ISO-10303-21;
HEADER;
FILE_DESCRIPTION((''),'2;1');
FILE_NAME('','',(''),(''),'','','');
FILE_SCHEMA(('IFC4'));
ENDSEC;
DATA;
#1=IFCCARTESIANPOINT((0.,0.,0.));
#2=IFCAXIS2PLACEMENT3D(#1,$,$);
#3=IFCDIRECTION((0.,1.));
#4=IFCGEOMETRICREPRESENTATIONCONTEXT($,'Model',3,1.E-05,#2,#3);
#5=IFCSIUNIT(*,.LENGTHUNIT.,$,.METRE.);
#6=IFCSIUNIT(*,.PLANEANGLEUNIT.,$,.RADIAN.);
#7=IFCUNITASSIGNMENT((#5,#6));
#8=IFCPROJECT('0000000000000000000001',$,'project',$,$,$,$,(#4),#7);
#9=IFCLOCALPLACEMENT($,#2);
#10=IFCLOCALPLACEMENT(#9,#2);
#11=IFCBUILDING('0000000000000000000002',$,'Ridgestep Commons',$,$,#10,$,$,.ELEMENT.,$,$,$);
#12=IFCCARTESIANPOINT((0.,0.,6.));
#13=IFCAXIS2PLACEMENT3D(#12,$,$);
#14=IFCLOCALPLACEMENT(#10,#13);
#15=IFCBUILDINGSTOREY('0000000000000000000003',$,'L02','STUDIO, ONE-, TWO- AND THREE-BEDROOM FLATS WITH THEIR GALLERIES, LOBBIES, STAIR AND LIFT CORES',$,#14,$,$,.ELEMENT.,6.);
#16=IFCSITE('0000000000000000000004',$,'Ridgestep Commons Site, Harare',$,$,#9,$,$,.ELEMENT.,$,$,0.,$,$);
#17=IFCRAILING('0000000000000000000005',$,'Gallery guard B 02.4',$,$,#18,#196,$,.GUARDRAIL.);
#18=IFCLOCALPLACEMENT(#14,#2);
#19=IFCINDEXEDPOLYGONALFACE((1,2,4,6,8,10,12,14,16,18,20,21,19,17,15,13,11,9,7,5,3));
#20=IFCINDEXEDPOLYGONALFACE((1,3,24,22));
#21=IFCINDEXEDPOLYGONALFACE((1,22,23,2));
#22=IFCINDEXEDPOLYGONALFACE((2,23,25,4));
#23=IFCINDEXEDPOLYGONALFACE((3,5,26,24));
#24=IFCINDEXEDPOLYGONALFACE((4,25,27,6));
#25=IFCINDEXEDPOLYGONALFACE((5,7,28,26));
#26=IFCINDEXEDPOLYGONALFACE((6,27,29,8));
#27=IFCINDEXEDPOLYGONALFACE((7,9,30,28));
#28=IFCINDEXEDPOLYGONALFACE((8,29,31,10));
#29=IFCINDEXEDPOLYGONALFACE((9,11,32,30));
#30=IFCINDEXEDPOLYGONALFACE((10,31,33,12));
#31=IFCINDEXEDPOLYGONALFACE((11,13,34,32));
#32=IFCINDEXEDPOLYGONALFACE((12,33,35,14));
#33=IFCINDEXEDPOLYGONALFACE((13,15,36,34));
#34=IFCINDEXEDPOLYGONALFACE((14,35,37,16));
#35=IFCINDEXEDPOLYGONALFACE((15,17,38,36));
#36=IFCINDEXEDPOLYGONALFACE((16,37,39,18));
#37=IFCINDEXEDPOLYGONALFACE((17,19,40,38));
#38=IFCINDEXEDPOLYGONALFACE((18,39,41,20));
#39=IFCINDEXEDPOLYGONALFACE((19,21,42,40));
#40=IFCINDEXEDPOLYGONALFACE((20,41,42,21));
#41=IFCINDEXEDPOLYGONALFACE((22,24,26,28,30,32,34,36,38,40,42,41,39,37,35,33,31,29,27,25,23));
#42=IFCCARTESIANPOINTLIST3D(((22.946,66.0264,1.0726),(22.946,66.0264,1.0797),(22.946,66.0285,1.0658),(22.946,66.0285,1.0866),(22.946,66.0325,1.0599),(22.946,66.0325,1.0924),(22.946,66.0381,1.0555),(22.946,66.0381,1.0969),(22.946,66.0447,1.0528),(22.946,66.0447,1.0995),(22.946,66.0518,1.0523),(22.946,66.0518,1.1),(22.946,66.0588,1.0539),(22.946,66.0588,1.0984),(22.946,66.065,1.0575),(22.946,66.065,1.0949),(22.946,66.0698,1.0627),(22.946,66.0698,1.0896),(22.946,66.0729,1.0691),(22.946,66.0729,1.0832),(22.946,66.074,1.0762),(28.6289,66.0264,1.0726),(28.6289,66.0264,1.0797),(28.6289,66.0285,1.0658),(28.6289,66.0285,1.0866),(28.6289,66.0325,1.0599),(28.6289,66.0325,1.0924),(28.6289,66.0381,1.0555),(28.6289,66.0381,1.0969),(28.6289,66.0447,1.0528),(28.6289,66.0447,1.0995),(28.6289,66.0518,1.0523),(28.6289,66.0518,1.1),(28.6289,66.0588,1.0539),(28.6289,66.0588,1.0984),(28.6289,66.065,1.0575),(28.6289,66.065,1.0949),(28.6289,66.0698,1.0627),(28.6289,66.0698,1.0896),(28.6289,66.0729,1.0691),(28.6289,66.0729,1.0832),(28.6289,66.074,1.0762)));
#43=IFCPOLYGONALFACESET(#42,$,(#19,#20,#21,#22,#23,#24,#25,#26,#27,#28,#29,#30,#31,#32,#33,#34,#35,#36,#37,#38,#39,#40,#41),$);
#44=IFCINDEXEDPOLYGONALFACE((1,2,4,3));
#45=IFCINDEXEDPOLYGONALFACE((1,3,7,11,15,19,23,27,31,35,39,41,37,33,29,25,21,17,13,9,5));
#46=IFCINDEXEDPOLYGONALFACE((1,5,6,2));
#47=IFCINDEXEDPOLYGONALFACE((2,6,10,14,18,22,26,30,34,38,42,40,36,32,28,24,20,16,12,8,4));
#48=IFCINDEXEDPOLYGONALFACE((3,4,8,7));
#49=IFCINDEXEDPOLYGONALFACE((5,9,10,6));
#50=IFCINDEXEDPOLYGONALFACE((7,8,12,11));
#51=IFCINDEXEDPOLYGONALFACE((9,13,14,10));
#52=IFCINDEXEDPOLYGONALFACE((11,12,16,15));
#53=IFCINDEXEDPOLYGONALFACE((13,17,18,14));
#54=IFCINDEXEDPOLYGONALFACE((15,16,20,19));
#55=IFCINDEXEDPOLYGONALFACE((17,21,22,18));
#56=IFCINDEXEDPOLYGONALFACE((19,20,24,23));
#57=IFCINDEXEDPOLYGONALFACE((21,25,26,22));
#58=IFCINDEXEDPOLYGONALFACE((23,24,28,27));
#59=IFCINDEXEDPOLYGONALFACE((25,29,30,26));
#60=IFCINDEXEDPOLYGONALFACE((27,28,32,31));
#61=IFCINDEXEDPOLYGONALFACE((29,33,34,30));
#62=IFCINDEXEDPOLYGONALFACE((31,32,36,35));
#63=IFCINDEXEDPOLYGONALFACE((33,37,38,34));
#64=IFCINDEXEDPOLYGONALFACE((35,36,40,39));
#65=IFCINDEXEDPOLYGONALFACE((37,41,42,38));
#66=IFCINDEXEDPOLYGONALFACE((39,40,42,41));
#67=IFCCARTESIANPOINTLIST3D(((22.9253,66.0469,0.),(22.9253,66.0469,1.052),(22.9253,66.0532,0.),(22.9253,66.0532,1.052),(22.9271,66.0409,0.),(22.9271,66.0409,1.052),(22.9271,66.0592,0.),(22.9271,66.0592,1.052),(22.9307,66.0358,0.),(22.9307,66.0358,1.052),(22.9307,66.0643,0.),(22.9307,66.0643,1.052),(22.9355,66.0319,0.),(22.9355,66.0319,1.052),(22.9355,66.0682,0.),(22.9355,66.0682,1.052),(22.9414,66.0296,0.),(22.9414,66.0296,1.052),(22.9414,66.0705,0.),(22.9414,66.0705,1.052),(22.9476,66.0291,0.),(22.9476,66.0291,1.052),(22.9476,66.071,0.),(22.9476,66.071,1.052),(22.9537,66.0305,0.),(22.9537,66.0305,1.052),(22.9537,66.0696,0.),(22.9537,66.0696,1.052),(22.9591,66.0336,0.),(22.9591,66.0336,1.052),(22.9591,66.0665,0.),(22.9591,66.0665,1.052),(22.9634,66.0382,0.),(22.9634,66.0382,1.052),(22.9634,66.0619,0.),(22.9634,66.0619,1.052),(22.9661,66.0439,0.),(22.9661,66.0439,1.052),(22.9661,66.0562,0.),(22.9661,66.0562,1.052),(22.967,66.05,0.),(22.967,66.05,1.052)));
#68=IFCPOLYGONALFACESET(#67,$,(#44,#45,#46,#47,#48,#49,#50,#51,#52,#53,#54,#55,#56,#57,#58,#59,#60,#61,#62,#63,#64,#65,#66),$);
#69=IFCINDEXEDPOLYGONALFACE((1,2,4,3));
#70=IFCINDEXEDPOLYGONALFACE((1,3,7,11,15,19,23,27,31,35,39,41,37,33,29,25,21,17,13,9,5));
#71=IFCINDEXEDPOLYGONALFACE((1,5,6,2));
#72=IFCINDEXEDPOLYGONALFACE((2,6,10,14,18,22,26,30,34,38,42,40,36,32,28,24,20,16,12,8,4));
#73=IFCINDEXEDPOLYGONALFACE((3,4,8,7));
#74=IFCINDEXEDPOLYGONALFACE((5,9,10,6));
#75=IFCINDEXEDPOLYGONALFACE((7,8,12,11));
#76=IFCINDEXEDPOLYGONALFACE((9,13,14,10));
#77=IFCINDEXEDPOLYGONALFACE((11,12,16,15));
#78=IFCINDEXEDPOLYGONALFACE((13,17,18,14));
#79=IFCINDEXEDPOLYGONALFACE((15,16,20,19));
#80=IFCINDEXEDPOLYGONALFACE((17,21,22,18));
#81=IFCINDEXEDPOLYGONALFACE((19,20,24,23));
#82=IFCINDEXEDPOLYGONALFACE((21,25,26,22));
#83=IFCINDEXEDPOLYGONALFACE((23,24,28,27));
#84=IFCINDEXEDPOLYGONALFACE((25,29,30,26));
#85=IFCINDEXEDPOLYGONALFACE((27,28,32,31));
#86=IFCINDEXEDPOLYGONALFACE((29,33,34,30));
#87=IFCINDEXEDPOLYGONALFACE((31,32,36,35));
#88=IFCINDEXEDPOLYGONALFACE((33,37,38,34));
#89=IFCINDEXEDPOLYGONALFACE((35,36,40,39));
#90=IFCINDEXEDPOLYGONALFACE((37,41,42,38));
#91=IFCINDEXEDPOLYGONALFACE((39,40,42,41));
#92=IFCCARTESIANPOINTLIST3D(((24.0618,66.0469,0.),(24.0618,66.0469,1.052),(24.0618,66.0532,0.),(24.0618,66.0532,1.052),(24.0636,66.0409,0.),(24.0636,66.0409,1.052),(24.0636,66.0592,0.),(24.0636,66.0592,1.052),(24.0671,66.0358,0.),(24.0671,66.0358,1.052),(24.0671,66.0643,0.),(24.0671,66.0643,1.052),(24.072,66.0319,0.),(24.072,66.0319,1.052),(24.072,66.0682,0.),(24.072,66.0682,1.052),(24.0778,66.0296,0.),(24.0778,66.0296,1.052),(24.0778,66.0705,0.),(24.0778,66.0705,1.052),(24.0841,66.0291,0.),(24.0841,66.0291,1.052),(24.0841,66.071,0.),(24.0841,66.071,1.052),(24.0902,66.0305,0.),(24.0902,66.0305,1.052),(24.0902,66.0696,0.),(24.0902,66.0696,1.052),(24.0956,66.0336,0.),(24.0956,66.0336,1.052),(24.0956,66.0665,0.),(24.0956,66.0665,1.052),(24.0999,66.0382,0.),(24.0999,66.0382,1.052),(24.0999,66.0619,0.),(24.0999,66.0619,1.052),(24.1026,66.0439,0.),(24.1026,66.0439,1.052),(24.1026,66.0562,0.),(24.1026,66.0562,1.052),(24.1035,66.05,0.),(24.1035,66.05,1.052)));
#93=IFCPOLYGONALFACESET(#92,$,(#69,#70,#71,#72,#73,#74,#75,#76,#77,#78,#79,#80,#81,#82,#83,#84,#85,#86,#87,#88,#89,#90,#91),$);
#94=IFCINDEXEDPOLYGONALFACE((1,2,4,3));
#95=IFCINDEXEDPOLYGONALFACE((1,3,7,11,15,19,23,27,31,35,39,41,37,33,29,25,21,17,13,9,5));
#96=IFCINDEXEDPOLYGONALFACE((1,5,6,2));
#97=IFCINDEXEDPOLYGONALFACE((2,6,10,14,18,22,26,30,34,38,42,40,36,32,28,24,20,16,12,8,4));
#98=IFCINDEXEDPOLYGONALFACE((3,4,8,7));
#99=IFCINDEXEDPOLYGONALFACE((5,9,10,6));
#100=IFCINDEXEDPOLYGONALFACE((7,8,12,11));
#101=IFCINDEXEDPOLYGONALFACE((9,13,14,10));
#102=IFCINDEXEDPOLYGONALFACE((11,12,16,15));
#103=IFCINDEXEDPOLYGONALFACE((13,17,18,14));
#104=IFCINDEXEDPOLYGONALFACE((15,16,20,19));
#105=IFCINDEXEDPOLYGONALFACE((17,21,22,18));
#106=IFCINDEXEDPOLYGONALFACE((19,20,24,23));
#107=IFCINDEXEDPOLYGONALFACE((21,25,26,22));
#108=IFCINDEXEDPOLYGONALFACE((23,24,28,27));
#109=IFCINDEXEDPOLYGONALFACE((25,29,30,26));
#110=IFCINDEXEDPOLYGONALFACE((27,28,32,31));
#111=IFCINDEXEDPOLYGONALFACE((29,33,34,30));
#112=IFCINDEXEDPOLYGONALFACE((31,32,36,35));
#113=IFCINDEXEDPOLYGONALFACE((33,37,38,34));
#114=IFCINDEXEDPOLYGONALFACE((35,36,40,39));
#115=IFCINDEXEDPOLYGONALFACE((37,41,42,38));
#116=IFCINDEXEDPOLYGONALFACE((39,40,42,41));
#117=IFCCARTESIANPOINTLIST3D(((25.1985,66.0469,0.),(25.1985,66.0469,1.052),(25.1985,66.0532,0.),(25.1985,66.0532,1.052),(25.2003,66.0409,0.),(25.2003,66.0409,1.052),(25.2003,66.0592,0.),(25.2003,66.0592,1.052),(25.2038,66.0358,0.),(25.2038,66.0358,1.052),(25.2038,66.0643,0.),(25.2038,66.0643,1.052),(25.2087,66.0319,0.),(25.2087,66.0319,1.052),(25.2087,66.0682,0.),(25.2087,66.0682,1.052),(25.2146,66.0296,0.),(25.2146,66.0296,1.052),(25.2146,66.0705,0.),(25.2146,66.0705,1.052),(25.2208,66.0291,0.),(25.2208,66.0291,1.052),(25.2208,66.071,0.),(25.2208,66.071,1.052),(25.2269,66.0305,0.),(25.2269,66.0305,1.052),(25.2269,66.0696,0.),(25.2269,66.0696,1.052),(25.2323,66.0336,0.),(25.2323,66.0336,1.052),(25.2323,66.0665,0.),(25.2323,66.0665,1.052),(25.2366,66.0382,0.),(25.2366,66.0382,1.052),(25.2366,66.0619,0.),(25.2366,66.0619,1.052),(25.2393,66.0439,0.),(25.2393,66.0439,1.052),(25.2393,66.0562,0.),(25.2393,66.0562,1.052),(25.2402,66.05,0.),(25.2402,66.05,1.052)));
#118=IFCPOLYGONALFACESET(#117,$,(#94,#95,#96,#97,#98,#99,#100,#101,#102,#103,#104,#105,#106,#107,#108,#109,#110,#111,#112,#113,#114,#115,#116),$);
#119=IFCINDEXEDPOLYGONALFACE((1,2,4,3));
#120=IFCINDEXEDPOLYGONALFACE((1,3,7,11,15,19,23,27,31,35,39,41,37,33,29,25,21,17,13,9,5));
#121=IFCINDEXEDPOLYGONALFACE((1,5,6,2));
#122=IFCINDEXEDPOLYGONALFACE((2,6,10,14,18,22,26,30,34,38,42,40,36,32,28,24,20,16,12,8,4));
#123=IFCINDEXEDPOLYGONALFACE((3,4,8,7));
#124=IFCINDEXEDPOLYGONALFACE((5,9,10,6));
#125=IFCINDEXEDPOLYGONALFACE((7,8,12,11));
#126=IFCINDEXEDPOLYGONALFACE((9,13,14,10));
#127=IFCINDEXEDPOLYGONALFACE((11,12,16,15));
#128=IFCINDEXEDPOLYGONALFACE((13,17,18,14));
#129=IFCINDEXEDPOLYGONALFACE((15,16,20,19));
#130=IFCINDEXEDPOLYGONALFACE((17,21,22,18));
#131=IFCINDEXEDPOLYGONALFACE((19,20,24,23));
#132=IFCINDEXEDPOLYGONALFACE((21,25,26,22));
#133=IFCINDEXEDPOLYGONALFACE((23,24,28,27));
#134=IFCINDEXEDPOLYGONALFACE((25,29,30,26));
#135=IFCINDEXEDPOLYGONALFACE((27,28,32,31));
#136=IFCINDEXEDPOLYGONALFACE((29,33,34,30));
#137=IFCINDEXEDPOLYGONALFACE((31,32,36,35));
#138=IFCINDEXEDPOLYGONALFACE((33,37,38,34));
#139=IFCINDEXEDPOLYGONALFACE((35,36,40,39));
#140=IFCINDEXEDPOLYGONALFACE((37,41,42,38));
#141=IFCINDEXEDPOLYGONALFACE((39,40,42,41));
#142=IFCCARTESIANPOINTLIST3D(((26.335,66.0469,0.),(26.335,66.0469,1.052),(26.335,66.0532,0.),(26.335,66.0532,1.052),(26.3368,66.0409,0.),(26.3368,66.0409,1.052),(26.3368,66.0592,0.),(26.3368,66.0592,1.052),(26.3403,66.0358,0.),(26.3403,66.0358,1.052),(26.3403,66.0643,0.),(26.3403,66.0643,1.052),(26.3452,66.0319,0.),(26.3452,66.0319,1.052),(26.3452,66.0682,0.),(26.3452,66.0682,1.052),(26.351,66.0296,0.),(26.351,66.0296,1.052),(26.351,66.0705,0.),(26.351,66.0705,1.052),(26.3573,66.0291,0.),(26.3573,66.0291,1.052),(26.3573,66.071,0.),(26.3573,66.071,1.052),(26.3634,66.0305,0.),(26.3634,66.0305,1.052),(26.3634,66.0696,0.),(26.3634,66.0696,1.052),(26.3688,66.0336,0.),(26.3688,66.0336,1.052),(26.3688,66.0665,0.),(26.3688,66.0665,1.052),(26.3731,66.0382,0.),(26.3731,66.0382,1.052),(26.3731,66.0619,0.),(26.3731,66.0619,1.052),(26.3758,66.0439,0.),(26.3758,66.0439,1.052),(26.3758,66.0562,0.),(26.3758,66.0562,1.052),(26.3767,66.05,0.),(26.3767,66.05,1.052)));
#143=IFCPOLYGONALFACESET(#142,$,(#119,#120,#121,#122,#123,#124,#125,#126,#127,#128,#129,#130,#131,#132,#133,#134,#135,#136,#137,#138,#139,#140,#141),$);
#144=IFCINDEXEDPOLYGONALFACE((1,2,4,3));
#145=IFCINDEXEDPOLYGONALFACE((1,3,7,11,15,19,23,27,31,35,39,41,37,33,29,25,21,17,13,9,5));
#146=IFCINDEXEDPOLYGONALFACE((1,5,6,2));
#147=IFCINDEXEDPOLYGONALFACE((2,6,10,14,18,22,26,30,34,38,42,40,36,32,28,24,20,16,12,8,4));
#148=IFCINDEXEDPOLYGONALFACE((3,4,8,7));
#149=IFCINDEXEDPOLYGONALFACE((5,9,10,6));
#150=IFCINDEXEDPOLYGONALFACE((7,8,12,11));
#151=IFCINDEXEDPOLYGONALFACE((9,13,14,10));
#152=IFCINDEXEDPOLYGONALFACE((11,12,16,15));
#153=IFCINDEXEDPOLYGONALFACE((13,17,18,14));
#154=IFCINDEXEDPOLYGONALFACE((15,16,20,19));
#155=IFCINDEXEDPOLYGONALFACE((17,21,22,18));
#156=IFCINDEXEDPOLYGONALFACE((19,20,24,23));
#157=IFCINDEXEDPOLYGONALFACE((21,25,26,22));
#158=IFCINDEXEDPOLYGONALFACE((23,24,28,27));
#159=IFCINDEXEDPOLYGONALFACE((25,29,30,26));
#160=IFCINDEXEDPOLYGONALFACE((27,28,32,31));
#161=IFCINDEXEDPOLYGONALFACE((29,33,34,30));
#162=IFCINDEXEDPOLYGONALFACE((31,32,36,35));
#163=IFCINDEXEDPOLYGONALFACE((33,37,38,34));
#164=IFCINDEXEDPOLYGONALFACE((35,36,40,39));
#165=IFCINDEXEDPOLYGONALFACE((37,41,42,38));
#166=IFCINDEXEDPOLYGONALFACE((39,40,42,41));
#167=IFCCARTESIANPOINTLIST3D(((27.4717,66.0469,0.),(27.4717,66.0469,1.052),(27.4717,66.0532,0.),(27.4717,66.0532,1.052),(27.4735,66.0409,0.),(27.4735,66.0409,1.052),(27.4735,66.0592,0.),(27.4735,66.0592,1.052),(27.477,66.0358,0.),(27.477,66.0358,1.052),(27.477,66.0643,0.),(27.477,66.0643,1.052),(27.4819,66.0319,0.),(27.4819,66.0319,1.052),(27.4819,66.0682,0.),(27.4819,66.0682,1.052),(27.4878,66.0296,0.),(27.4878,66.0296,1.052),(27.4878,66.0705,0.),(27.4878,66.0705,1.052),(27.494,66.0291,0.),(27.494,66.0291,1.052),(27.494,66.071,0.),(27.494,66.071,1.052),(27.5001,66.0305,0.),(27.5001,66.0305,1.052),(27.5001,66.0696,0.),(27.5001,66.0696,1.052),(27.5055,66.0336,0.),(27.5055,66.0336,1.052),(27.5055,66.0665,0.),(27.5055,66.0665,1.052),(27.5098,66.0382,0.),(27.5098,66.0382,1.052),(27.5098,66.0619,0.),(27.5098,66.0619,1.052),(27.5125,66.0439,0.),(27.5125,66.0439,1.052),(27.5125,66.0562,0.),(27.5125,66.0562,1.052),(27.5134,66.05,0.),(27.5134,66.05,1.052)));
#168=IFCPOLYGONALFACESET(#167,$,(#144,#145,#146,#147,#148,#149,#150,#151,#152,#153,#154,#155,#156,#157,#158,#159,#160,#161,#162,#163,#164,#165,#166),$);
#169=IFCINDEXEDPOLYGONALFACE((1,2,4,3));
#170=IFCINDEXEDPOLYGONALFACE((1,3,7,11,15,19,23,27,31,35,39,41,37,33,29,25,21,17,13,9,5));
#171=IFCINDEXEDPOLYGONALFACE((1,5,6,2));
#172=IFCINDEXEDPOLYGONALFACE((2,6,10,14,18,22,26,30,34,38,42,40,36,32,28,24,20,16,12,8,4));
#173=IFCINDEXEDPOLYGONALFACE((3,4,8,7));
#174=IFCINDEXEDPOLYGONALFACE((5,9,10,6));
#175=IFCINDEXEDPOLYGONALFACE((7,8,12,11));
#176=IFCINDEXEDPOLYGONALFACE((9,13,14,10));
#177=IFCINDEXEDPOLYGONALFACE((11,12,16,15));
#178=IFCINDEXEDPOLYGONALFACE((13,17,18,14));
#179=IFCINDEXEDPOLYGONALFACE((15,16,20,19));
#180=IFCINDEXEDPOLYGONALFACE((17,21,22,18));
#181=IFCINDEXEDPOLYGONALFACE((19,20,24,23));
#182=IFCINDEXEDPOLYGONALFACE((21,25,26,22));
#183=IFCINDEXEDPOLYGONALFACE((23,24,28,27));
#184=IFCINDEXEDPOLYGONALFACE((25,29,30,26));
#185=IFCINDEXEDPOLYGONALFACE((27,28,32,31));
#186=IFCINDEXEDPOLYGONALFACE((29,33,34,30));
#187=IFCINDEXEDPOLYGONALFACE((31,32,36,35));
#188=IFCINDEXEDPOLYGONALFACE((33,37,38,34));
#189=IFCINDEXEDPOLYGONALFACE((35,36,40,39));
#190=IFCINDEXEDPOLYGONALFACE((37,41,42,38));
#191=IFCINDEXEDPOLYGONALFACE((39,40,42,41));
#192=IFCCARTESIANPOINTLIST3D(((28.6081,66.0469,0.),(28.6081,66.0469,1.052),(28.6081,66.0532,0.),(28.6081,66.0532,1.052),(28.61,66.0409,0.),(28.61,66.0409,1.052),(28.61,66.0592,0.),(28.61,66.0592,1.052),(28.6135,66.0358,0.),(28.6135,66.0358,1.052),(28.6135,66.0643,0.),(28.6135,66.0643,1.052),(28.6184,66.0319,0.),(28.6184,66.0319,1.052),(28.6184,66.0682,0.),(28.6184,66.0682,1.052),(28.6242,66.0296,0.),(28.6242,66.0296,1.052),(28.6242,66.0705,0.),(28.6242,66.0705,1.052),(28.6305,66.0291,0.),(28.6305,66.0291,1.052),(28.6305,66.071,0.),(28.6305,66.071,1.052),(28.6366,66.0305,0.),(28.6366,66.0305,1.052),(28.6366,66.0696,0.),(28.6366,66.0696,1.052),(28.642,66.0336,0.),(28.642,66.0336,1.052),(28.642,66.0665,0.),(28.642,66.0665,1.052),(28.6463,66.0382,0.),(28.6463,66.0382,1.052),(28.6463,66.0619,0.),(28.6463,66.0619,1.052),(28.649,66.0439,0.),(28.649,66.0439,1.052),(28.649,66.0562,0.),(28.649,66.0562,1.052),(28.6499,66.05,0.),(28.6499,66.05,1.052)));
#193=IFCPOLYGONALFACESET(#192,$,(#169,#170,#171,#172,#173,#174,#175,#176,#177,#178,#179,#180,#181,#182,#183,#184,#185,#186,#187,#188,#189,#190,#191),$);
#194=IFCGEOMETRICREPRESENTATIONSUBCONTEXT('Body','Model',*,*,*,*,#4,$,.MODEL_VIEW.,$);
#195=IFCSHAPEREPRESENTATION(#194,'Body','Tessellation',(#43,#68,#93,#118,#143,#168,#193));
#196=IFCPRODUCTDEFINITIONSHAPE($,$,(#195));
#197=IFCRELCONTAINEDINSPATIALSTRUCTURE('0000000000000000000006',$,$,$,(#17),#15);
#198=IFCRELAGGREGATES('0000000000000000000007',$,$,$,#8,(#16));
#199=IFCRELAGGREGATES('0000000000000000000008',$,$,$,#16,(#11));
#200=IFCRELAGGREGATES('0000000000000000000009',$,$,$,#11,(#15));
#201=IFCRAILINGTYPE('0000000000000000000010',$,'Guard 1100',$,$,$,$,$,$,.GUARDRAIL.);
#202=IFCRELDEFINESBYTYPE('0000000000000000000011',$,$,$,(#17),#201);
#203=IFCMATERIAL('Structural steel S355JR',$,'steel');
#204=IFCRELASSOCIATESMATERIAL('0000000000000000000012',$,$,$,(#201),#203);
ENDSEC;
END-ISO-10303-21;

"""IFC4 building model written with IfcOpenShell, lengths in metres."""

from ifc_helpers import new_model, si_unit, direction, frame, origin, origin_2d, place, context, subcontext, project, spatial, circle, extrude, material, type_object, element, save


model = new_model("IFC4")

# Units and contexts
model_context = context("Model", 3, precision=1e-05, world=origin(), true_north=direction((0.0, 1.0)))
body_context = subcontext(model_context, "Body", "Model", "MODEL_VIEW")
ifc_project = project(units=[si_unit("LENGTHUNIT", "METRE"), si_unit("PLANEANGLEUNIT", "RADIAN")], contexts=[model_context])

# Site, building, storey
site_placement = place(None, origin())
site = spatial("IfcSite", under=ifc_project, at=site_placement, Name="Ridgestep Commons Site, Harare", CompositionType="ELEMENT", RefElevation=0.0)
building_placement = place(site_placement, origin())
building = spatial("IfcBuilding", under=site, at=building_placement, Name="Ridgestep Commons", CompositionType="ELEMENT")
storey_placement = place(building_placement, frame((0.0, 0.0, 6.0)))
storey = spatial("IfcBuildingStorey", under=building, at=storey_placement, Name="L02", Description="STUDIO, ONE-, TWO- AND THREE-BEDROOM FLATS WITH THEIR GALLERIES, LOBBIES, STAIR AND LIFT CORES", CompositionType="ELEMENT", Elevation=6.0)

# Railing
ifc_material_1 = material(Name="Structural steel S355JR", Category="steel")
railing_type = type_object("IfcRailingType", Name="Guard 1100", PredefinedType="GUARDRAIL", material=ifc_material_1)
railing_1_placement = place(storey_placement, frame((22.946, 66.05, 0.0)))
element("IfcRailing", 1, at=railing_1_placement, inside=storey, type_object=railing_type, Name="Gallery guard B 02.4", PredefinedType="GUARDRAIL", context=body_context, shape_type="SweptSolid", body=[
    extrude(circle(Radius=0.0239, at=origin_2d()), frame((0.0, 0.0, 1.0762), z_axis=(1.0, 0.0, 0.0), x_axis=(0.0, 1.0, 0.0)), (0.0, 0.0, 1.0), 5.6829),
    extrude(circle(Radius=0.021, at=origin_2d()), origin(), (0.0, 0.0, 1.0), 1.052),
    extrude(circle(Radius=0.021, at=origin_2d()), frame((1.1365, 0.0, 0.0)), (0.0, 0.0, 1.0), 1.052),
    extrude(circle(Radius=0.021, at=origin_2d()), frame((2.2732, 0.0, 0.0)), (0.0, 0.0, 1.0), 1.052),
    extrude(circle(Radius=0.021, at=origin_2d()), frame((3.4097, 0.0, 0.0)), (0.0, 0.0, 1.0), 1.052),
    extrude(circle(Radius=0.021, at=origin_2d()), frame((4.5464, 0.0, 0.0)), (0.0, 0.0, 1.0), 1.052),
    extrude(circle(Radius=0.021, at=origin_2d()), frame((5.6829, 0.0, 0.0)), (0.0, 0.0, 1.0), 1.052),
])

save(model, "model.ifc")
